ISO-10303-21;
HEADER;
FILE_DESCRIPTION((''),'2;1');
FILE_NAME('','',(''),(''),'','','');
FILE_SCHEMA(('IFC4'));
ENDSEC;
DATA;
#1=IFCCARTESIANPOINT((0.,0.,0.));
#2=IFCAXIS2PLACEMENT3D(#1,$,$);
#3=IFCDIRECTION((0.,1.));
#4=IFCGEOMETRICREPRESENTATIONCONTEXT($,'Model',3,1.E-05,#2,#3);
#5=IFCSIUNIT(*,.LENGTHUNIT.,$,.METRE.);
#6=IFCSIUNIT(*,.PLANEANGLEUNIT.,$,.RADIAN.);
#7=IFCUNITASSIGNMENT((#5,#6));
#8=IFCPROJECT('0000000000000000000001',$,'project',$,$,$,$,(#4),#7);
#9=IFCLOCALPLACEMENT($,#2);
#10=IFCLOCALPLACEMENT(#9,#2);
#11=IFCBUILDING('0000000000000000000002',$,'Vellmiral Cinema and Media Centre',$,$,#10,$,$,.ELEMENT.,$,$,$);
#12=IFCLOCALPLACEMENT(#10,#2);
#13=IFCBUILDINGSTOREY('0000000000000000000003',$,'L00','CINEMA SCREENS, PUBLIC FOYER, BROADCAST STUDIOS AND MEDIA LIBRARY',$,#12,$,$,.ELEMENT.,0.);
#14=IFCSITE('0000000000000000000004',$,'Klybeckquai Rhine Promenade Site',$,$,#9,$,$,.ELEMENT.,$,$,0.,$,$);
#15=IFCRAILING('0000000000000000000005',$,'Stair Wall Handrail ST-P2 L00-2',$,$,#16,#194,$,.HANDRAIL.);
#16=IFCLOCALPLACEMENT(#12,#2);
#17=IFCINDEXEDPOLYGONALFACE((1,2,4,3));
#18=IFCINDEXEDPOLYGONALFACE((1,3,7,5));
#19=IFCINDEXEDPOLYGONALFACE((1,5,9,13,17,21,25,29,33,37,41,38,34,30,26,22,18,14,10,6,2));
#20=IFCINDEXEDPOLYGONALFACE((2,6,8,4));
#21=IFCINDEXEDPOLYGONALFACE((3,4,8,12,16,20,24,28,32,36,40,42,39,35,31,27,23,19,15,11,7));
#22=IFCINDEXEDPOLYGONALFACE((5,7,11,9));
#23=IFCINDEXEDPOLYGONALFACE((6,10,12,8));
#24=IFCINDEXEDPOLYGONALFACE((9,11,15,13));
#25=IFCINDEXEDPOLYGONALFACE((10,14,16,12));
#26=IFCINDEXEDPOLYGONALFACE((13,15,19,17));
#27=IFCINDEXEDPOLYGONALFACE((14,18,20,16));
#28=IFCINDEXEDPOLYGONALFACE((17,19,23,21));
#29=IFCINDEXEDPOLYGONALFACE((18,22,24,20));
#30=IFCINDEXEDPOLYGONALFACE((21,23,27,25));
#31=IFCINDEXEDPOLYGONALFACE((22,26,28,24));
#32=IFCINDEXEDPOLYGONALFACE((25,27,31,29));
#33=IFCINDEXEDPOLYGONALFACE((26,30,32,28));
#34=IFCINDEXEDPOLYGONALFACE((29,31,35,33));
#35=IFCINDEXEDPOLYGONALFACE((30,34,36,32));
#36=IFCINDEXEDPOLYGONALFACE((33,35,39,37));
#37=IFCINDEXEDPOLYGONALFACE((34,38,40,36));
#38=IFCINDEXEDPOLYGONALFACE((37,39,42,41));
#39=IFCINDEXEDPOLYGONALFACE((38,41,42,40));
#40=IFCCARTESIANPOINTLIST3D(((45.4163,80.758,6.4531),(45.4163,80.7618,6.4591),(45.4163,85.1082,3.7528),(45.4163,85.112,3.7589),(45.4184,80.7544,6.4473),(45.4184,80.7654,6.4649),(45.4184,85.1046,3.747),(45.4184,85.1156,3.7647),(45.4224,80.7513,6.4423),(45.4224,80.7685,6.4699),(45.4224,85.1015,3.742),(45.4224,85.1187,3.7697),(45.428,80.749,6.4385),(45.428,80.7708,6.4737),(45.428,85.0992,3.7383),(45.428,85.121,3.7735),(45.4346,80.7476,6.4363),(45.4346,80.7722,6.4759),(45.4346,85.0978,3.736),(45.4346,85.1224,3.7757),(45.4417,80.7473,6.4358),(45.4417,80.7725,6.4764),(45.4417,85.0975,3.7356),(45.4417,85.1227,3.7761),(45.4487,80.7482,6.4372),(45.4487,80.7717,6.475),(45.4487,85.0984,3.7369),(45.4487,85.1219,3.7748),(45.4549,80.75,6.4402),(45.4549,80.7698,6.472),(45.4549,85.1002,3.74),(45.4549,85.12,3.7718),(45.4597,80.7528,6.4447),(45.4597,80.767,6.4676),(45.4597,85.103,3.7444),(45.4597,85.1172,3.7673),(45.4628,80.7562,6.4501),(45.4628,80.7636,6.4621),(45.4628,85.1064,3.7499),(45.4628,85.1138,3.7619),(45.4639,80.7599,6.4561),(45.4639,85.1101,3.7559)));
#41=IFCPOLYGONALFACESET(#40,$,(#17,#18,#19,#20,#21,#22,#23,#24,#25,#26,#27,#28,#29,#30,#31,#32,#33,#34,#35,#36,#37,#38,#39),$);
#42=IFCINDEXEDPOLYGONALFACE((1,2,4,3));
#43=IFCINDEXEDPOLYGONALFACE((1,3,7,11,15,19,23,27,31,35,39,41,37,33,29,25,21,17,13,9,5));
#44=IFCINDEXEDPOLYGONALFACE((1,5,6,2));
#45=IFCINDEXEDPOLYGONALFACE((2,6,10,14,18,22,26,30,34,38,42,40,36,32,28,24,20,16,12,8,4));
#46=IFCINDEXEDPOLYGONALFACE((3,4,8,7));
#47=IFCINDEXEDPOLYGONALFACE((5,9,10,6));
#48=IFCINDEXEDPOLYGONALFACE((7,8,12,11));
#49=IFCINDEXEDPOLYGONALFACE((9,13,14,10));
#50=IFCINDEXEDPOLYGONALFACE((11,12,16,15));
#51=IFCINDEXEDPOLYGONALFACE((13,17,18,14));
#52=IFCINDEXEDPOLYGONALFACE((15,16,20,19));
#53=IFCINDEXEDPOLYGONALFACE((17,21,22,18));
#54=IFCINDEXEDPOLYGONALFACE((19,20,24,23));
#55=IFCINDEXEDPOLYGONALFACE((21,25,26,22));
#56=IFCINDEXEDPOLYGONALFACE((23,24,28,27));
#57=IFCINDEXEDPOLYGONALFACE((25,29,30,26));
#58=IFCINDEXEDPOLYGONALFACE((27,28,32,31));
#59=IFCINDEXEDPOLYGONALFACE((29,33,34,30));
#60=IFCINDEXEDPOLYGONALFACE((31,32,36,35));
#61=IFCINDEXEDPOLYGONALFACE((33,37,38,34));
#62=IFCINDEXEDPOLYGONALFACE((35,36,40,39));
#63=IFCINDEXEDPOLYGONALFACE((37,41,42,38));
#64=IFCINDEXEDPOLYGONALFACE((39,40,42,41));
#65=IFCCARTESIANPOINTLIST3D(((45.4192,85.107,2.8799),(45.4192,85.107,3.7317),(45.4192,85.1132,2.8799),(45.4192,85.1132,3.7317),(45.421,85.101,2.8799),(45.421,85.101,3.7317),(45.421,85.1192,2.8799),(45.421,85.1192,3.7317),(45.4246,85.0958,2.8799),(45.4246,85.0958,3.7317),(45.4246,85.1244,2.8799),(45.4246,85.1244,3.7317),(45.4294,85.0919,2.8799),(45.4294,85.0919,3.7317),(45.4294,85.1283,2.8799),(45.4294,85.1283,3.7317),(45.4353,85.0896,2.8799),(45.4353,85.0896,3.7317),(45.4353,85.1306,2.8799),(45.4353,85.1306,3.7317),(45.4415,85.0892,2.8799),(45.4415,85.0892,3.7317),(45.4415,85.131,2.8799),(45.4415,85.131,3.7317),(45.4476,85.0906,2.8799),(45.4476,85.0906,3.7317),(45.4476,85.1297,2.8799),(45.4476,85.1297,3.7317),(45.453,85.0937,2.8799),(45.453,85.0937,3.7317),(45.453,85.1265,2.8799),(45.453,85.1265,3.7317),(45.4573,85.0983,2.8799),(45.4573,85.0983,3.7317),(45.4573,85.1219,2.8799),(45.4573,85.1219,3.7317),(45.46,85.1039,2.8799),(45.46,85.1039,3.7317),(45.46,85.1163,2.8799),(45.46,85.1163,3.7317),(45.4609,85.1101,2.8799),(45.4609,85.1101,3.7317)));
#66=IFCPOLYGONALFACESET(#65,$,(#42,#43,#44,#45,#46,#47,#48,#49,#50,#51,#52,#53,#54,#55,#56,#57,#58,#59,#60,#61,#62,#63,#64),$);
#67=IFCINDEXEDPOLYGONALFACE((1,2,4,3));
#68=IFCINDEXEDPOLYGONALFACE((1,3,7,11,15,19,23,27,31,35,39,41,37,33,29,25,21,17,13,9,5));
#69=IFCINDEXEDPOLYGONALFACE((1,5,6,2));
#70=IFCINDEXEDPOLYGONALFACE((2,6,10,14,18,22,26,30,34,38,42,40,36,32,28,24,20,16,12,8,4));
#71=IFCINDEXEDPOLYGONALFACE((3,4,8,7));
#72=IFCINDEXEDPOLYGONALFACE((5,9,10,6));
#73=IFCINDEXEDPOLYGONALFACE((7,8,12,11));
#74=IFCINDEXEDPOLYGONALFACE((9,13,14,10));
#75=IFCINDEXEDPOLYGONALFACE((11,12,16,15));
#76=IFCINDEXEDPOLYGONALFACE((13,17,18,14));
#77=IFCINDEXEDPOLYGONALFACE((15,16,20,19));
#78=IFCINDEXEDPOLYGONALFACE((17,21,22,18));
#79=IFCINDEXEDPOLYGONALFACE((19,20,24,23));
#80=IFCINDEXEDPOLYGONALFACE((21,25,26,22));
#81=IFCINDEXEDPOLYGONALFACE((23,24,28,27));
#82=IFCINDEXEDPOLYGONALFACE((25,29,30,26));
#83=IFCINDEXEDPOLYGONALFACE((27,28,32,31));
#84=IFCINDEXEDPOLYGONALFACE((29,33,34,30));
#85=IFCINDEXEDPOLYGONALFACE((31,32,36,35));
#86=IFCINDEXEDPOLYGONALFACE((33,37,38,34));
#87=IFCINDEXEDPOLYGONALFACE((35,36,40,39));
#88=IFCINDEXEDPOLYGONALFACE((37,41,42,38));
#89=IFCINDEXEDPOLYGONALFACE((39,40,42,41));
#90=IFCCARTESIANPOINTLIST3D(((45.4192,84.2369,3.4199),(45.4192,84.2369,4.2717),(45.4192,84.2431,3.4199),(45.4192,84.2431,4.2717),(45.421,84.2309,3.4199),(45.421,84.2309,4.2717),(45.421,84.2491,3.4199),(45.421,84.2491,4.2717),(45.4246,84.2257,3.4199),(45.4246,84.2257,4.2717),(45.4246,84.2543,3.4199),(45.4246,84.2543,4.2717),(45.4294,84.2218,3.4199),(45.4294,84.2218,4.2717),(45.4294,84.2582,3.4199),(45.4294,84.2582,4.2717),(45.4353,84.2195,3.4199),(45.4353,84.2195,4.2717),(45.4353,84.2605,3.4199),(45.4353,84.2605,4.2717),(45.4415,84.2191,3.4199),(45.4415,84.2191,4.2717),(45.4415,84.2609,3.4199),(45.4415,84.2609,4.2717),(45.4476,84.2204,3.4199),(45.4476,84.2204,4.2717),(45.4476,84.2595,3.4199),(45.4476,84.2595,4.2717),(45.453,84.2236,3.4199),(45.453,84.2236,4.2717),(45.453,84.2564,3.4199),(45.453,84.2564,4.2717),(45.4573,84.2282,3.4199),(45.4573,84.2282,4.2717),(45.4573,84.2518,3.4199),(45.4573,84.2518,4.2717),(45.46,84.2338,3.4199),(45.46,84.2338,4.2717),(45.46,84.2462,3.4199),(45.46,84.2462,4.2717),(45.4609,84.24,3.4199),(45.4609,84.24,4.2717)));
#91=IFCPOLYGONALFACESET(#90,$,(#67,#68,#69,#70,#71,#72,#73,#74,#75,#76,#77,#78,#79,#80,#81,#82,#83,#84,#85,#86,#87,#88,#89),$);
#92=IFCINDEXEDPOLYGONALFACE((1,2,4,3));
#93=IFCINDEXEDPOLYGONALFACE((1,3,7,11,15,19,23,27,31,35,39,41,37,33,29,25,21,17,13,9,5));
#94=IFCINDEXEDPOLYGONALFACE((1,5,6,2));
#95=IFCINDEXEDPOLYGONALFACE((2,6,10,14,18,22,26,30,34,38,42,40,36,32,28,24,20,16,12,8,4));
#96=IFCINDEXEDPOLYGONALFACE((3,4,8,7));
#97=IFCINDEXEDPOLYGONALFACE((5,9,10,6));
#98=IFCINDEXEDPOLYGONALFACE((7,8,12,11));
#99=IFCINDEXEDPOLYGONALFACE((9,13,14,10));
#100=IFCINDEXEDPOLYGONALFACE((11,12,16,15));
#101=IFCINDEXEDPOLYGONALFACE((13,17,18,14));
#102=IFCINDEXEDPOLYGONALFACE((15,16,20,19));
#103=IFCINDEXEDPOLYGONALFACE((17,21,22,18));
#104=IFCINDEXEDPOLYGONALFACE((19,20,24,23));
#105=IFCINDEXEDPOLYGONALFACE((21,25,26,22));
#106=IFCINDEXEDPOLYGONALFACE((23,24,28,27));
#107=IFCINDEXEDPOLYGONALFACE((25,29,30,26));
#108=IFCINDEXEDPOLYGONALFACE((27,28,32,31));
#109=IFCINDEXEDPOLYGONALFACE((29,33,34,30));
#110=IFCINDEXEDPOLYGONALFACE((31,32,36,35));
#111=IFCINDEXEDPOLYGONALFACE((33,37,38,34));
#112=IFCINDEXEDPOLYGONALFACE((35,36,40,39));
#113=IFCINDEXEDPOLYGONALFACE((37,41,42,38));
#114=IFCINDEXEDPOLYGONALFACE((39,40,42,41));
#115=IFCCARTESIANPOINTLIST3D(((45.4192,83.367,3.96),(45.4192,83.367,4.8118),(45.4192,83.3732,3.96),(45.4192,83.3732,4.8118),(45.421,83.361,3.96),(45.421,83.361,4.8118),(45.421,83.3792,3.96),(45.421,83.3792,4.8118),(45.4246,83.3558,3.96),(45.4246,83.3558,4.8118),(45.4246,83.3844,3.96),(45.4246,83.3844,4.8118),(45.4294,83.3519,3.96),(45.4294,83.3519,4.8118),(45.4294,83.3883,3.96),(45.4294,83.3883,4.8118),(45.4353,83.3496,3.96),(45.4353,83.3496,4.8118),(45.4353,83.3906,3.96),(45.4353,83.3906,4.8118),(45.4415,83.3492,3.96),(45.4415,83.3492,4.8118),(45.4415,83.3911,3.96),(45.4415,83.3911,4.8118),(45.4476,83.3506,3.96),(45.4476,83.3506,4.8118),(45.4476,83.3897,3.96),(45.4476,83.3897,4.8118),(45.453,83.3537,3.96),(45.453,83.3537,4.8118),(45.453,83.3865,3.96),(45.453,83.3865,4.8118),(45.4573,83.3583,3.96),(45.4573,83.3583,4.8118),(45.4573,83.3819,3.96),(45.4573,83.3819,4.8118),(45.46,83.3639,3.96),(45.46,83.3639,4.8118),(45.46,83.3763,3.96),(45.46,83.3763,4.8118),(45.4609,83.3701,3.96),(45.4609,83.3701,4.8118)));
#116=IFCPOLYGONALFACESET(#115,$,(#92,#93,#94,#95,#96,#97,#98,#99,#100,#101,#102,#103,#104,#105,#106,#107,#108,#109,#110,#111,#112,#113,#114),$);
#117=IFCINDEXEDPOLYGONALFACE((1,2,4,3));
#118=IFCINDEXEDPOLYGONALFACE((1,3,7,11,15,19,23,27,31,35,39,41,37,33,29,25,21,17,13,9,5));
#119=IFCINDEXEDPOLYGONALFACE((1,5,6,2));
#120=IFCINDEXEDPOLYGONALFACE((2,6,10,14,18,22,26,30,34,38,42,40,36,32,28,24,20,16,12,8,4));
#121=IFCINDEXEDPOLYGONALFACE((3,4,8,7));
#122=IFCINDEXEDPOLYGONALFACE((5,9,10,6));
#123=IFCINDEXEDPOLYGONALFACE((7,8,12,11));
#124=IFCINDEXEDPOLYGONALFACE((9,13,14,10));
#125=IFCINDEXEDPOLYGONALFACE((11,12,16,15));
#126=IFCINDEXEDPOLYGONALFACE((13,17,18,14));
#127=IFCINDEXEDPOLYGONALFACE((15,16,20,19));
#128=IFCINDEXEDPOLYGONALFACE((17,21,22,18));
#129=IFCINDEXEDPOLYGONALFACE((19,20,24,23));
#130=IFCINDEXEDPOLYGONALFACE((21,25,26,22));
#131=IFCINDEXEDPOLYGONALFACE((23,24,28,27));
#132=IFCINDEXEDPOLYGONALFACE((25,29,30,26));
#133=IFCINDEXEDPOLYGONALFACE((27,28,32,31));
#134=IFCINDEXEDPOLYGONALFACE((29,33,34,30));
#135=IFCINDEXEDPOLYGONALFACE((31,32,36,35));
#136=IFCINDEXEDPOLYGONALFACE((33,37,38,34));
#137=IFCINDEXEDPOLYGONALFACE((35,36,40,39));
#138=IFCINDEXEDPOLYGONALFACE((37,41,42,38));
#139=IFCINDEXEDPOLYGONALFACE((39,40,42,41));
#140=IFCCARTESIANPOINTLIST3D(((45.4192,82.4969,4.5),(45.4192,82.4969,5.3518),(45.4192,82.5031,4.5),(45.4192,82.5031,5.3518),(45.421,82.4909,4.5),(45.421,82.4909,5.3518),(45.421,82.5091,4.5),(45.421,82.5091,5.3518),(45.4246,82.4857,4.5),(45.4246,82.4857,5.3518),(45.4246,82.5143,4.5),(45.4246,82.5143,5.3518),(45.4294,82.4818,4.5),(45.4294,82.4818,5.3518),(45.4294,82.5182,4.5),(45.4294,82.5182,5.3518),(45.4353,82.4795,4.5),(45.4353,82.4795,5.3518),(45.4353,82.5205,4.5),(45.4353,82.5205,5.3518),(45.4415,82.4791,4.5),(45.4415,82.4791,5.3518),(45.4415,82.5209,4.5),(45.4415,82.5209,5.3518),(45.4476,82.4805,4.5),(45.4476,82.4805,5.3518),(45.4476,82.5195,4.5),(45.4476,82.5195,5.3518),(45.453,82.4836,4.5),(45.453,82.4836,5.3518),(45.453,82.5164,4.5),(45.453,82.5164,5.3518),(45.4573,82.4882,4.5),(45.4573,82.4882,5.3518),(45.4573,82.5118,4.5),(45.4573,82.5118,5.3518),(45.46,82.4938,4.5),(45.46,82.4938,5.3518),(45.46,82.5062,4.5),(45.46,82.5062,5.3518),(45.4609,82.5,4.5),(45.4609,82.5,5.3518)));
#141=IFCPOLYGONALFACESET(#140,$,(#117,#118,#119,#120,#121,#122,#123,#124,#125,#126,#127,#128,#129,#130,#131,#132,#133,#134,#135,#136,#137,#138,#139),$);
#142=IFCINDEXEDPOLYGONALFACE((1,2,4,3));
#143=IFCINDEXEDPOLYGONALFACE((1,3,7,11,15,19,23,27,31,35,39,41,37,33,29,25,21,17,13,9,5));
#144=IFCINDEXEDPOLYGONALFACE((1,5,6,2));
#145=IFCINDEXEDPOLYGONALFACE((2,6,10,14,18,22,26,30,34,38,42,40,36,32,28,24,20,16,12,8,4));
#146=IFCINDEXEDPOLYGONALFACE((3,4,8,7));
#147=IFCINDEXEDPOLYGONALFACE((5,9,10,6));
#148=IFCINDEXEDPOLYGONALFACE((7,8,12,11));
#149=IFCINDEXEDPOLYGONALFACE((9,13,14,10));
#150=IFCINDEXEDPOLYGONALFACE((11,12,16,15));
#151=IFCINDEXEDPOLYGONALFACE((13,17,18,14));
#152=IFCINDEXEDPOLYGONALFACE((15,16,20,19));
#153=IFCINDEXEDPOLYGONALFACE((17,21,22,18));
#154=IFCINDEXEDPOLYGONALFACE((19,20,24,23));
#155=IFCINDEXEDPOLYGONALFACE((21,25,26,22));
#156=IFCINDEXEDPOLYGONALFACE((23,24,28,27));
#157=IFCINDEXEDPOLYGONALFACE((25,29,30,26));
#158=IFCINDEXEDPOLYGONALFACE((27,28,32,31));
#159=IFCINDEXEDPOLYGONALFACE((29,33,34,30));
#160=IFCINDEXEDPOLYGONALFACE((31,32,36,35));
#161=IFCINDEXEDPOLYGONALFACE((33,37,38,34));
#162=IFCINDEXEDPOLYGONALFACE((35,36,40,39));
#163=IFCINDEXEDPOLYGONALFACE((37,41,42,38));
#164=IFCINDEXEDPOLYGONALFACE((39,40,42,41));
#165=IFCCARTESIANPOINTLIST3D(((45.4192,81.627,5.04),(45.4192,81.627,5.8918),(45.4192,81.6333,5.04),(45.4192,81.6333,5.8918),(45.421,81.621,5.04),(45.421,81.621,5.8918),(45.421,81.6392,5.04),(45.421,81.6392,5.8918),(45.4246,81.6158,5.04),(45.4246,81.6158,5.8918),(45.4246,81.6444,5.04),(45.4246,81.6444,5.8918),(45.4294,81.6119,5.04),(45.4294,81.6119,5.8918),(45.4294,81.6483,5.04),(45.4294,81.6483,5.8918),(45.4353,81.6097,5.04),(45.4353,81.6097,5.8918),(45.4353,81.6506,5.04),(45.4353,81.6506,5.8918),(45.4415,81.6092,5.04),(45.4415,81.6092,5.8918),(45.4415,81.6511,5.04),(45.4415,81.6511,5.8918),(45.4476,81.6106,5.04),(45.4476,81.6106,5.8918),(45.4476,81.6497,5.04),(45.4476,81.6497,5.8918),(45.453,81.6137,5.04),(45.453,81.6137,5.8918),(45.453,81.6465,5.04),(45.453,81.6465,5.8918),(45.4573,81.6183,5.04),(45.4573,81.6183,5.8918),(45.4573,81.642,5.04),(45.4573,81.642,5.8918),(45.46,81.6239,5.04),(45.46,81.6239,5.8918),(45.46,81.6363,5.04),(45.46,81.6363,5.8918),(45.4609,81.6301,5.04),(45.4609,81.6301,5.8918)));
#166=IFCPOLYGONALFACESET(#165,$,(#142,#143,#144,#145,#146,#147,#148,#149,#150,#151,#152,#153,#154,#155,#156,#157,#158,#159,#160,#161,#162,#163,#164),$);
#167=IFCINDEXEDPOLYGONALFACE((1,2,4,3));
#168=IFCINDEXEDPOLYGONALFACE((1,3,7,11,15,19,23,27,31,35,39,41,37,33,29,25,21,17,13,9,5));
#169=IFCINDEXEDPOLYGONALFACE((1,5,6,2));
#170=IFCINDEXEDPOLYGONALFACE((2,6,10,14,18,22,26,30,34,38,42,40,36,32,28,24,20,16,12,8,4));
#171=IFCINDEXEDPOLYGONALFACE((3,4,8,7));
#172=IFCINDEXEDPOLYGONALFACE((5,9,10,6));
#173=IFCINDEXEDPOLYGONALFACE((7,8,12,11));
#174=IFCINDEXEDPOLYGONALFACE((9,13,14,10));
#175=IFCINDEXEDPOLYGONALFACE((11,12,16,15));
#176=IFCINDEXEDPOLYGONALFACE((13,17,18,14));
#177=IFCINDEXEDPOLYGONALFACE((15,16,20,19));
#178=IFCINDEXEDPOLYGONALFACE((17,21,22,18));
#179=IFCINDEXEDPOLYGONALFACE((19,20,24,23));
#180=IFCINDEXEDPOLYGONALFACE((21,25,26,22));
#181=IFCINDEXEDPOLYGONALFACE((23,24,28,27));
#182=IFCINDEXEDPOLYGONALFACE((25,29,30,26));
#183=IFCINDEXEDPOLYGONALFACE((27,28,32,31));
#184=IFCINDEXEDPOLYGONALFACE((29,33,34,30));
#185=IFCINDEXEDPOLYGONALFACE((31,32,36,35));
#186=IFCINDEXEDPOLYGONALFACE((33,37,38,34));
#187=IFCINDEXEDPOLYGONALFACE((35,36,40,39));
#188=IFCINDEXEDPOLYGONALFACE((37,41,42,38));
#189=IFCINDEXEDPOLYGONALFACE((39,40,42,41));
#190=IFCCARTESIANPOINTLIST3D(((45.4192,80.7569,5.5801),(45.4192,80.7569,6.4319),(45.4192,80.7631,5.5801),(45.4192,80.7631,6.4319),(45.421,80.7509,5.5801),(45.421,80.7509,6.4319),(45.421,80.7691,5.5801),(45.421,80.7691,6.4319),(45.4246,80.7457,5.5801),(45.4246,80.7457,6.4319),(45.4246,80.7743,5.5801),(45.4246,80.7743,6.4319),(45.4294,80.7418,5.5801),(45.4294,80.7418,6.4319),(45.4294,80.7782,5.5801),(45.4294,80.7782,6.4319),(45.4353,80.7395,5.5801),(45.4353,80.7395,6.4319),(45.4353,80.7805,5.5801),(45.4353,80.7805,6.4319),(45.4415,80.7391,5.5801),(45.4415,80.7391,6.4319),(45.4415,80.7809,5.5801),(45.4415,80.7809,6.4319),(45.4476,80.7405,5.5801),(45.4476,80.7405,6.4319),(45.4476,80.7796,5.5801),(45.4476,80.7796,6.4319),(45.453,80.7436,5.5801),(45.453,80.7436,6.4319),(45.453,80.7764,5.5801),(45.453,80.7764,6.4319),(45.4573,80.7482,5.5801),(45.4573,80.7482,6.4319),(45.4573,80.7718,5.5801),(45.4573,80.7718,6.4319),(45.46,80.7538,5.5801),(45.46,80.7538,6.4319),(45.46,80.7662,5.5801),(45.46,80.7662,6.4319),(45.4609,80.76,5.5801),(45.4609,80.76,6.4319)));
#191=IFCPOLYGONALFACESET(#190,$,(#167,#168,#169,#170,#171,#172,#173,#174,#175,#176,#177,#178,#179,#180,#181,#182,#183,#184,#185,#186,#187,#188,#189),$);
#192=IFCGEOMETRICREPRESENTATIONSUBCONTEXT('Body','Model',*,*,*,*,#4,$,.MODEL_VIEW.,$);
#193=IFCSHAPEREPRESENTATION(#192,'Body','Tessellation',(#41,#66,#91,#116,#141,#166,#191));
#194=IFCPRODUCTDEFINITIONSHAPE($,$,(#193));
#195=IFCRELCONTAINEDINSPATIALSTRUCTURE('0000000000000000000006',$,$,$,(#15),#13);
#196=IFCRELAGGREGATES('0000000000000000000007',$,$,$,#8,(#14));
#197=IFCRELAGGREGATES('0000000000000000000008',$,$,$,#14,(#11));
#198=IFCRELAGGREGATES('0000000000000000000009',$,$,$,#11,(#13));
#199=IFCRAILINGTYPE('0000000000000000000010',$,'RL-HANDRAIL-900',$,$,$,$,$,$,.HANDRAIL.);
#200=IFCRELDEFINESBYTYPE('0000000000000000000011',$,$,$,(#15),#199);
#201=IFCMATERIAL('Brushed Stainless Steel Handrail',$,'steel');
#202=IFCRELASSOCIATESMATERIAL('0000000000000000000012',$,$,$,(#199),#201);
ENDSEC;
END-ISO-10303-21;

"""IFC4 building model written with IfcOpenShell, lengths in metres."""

from ifc_helpers import new_model, si_unit, direction, frame, origin, origin_2d, place, context, subcontext, project, spatial, circle, extrude, material, type_object, element, save


model = new_model("IFC4")

# Units and contexts
model_context = context("Model", 3, precision=1e-05, world=origin(), true_north=direction((0.0, 1.0)))
body_context = subcontext(model_context, "Body", "Model", "MODEL_VIEW")
ifc_project = project(units=[si_unit("LENGTHUNIT", "METRE"), si_unit("PLANEANGLEUNIT", "RADIAN")], contexts=[model_context])

# Site, building, storey
site_placement = place(None, origin())
site = spatial("IfcSite", under=ifc_project, at=site_placement, Name="Klybeckquai Rhine Promenade Site", CompositionType="ELEMENT", RefElevation=0.0)
building_placement = place(site_placement, origin())
building = spatial("IfcBuilding", under=site, at=building_placement, Name="Vellmiral Cinema and Media Centre", CompositionType="ELEMENT")
storey_placement = place(building_placement, origin())
storey = spatial("IfcBuildingStorey", under=building, at=storey_placement, Name="L00", Description="CINEMA SCREENS, PUBLIC FOYER, BROADCAST STUDIOS AND MEDIA LIBRARY", CompositionType="ELEMENT", Elevation=0.0)

# Railing
ifc_material_1 = material(Name="Brushed Stainless Steel Handrail", Category="steel")
railing_type_1 = type_object("IfcRailingType", Name="RL-HANDRAIL-900", PredefinedType="HANDRAIL", material=ifc_material_1)
railing_1_placement = place(storey_placement, frame((45.4399, 85.1101, 2.8799)))
element("IfcRailing", 1, at=railing_1_placement, inside=storey, type_object=railing_type_1, Name="Stair Wall Handrail ST-P2 L00-2", PredefinedType="HANDRAIL", context=body_context, shape_type="SweptSolid", body=[
    extrude(circle(Radius=0.0239, at=origin_2d()), frame((0.0, 0.0, 0.876), z_axis=(0.0, -0.849628, 0.527382), x_axis=(1.0, 0.0, 0.0)), (0.0, 0.0, 1.0), 5.1201),
    extrude(circle(Radius=0.021, at=origin_2d()), origin(), (0.0, 0.0, 1.0), 0.8518),
    extrude(circle(Radius=0.021, at=origin_2d()), frame((0.0, -0.8701, 0.54)), (0.0, 0.0, 1.0), 0.8518),
    extrude(circle(Radius=0.021, at=origin_2d()), frame((0.0, -1.74, 1.0801)), (0.0, 0.0, 1.0), 0.8518),
    extrude(circle(Radius=0.021, at=origin_2d()), frame((0.0, -2.6101, 1.6201)), (0.0, 0.0, 1.0), 0.8518),
    extrude(circle(Radius=0.021, at=origin_2d()), frame((0.0, -3.48, 2.1602)), (0.0, 0.0, 1.0), 0.8518),
    extrude(circle(Radius=0.021, at=origin_2d()), frame((0.0, -4.3501, 2.7002)), (0.0, 0.0, 1.0), 0.8518),
])

save(model, "model.ifc")
